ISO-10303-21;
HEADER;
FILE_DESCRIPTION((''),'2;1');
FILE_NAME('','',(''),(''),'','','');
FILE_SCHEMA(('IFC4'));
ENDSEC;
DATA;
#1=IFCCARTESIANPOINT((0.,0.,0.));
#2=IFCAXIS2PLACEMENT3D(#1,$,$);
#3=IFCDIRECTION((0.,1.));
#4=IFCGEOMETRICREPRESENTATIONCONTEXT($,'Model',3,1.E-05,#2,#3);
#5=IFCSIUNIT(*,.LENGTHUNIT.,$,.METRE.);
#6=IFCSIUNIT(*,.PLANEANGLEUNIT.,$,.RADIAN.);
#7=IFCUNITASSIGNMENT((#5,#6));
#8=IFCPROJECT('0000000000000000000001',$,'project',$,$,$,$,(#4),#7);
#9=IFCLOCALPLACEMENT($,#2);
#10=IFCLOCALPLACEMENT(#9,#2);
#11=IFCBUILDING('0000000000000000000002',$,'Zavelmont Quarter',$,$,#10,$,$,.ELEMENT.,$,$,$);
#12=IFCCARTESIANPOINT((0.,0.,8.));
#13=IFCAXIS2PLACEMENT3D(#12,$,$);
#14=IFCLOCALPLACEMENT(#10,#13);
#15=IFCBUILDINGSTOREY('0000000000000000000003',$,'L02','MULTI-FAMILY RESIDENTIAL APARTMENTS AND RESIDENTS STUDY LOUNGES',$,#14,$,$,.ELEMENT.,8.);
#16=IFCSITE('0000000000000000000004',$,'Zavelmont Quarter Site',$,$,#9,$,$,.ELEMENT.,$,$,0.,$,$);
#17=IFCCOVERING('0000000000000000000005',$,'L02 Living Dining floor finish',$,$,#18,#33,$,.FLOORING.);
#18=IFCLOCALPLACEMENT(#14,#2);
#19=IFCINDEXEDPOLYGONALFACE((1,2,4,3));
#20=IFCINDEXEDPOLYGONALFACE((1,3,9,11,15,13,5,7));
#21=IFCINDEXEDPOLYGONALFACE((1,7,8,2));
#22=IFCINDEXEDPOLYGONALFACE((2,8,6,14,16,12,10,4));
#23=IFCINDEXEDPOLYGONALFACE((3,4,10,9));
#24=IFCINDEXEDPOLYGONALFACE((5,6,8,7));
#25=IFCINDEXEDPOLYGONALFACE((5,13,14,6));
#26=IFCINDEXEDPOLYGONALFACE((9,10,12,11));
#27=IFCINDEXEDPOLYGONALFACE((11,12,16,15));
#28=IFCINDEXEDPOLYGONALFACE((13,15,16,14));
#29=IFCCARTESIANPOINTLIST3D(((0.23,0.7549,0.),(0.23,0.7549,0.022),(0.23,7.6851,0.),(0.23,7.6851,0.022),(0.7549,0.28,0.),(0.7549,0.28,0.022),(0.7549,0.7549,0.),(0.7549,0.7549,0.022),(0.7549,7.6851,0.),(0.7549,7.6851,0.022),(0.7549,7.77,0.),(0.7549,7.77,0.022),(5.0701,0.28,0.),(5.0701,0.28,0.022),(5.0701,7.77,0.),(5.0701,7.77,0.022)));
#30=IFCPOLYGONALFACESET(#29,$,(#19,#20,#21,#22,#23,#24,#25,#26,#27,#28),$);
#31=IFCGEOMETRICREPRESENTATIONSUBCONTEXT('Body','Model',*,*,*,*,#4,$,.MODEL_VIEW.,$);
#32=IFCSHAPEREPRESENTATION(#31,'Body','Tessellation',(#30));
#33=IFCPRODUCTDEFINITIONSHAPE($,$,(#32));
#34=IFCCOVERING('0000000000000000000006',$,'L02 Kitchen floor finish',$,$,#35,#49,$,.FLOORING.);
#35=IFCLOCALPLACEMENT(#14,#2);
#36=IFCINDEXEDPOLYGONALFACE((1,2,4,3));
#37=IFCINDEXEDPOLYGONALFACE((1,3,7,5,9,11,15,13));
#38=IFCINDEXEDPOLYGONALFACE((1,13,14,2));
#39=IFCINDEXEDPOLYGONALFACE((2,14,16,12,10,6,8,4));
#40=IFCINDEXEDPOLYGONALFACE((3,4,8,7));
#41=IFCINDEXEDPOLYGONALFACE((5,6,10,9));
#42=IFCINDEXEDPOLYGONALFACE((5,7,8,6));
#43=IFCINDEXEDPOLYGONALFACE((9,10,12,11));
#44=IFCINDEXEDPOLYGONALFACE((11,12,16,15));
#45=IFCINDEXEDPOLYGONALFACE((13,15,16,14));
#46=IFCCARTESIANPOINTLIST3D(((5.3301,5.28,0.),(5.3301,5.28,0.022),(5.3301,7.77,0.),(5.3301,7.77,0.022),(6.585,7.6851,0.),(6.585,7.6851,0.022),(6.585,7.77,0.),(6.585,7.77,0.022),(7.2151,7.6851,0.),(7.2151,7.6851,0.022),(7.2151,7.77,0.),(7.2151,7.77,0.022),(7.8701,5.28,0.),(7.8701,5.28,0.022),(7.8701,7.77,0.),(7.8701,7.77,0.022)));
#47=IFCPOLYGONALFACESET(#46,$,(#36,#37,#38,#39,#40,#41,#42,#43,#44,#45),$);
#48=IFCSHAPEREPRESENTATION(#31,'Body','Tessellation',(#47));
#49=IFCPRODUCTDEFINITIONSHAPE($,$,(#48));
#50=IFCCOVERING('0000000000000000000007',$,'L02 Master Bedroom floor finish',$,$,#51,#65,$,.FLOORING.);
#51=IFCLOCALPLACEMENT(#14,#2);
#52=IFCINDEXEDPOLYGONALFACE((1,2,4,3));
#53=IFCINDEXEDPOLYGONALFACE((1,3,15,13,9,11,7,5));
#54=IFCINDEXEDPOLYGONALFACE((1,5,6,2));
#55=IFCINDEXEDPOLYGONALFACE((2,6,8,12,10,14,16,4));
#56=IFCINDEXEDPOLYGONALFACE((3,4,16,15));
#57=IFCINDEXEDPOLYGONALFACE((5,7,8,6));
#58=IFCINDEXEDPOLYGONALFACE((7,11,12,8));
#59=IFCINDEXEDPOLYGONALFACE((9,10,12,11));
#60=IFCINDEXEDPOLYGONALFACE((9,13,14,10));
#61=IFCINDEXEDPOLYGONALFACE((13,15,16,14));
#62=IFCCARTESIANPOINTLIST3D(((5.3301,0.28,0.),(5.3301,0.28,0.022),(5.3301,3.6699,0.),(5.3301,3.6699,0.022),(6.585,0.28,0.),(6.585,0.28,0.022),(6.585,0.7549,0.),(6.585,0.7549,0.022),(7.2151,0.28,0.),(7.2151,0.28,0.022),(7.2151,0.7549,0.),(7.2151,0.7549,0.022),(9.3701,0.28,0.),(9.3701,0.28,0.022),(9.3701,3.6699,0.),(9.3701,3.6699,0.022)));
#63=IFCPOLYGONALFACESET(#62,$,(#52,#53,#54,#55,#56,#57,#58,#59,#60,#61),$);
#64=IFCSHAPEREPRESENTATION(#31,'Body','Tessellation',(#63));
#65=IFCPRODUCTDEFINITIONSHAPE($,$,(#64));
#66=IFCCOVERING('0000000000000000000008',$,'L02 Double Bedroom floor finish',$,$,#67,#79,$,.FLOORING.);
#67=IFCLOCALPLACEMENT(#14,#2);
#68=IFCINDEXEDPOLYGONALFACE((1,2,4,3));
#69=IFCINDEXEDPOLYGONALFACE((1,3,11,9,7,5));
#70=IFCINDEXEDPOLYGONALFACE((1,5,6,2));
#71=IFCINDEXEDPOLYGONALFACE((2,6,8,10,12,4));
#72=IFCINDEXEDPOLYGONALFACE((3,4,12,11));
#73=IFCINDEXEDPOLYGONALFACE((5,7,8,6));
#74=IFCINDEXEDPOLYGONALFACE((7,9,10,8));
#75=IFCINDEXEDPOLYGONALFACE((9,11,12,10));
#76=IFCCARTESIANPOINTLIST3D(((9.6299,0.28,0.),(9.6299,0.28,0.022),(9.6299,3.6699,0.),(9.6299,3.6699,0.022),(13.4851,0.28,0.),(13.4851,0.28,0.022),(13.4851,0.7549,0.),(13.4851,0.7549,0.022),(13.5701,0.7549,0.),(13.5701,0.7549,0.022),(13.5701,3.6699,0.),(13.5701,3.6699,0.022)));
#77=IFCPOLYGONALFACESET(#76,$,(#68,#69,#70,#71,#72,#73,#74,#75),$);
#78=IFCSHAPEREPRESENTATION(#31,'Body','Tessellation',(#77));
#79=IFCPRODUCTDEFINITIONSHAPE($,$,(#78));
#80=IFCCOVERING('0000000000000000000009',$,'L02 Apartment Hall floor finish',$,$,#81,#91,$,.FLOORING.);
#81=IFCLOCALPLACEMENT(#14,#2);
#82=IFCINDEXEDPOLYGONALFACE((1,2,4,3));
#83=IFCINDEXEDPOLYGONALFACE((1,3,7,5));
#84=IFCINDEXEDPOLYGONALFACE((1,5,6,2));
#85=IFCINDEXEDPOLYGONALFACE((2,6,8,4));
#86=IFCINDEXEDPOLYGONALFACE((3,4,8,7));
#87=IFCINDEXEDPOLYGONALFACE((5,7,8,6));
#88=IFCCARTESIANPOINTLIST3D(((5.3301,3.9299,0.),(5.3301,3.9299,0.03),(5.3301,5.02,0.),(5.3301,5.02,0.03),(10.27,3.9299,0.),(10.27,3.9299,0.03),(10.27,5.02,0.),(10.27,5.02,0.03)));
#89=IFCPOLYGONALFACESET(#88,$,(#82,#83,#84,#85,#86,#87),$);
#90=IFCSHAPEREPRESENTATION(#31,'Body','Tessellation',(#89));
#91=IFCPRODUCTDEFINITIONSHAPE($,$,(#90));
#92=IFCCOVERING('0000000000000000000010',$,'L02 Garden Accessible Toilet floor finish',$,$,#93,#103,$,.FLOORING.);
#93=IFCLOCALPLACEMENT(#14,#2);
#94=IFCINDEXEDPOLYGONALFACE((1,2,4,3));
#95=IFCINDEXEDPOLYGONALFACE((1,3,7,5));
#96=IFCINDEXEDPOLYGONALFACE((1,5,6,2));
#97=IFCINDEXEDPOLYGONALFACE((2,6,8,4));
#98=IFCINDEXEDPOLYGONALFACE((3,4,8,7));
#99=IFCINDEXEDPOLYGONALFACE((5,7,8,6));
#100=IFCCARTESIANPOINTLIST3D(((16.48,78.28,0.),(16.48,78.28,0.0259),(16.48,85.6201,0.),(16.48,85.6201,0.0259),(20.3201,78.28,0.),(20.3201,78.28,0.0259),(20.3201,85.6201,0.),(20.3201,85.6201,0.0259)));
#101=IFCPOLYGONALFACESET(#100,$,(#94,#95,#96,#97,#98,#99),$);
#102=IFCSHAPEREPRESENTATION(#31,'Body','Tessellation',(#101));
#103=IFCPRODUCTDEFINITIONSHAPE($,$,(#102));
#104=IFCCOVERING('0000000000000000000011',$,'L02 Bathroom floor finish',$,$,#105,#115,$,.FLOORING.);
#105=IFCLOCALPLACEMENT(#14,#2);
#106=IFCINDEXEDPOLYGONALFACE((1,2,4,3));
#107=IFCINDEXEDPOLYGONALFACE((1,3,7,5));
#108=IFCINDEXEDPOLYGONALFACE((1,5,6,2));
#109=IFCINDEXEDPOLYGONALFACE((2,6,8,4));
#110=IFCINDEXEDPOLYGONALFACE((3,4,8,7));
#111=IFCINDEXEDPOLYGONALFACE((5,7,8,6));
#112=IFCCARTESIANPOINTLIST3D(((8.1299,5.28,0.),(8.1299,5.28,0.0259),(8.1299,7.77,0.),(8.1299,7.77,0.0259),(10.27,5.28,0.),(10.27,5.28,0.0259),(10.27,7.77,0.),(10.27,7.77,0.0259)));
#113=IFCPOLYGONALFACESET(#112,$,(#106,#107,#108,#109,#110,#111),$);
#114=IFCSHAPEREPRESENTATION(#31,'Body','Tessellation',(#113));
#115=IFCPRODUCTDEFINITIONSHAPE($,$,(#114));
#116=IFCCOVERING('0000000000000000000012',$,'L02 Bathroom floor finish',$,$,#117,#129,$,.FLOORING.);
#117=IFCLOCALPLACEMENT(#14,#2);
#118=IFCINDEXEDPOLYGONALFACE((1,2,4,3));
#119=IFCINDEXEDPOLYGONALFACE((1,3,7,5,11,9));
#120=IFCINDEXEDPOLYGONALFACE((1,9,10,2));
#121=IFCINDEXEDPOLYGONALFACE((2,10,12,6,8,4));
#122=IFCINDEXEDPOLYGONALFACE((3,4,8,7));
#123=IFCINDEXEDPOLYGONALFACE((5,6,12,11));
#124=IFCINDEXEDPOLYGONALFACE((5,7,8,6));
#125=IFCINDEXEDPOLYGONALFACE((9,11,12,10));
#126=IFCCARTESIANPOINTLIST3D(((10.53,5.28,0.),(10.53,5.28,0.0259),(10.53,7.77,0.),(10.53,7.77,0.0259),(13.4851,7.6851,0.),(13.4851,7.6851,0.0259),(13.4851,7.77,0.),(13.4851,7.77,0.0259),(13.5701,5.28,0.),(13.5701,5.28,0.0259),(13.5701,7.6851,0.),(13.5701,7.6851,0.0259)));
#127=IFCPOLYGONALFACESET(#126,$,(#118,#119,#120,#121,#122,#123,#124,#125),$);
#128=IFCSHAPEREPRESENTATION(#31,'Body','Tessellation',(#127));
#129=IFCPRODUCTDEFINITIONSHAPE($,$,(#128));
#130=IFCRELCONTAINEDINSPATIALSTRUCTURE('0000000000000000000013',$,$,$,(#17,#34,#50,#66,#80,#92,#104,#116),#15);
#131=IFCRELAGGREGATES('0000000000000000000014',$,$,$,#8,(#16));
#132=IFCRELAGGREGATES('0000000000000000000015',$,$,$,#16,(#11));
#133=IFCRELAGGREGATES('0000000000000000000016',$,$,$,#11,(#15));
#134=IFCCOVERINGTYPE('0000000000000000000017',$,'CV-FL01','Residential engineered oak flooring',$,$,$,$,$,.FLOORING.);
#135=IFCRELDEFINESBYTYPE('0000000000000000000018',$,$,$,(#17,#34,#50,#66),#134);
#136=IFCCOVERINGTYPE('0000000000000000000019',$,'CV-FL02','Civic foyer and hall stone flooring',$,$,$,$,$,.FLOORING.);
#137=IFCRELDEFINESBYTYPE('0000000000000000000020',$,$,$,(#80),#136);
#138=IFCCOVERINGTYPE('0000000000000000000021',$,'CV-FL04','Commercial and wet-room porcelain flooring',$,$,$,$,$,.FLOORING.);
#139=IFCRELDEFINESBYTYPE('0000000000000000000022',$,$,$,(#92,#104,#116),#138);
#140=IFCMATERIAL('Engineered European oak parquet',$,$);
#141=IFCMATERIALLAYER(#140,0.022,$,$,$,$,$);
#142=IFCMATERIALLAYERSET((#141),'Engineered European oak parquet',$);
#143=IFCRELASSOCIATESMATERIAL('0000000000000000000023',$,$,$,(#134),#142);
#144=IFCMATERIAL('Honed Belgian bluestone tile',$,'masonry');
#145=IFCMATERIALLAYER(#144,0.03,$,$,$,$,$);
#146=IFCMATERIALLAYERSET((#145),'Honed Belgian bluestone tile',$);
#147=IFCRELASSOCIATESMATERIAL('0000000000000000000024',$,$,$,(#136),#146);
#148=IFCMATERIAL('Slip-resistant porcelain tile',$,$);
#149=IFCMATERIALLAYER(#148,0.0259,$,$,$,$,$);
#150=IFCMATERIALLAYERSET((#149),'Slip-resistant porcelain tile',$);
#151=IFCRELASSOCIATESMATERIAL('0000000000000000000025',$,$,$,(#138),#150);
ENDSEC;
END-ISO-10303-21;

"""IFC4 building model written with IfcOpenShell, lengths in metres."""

from ifc_helpers import new_model, si_unit, direction, frame, origin, place, context, subcontext, project, spatial, polyline, outline, extrude, material, layer, layer_set, type_object, element, save


model = new_model("IFC4")

# Units and contexts
model_context = context("Model", 3, precision=1e-05, world=origin(), true_north=direction((0.0, 1.0)))
body_context = subcontext(model_context, "Body", "Model", "MODEL_VIEW")
ifc_project = project(units=[si_unit("LENGTHUNIT", "METRE"), si_unit("PLANEANGLEUNIT", "RADIAN")], contexts=[model_context])

# Site, building, storey
site_placement = place(None, origin())
site = spatial("IfcSite", under=ifc_project, at=site_placement, Name="Zavelmont Quarter Site", CompositionType="ELEMENT", RefElevation=0.0)
building_placement = place(site_placement, origin())
building = spatial("IfcBuilding", under=site, at=building_placement, Name="Zavelmont Quarter", CompositionType="ELEMENT")
storey_placement = place(building_placement, frame((0.0, 0.0, 8.0)))
storey = spatial("IfcBuildingStorey", under=building, at=storey_placement, Name="L02", Description="MULTI-FAMILY RESIDENTIAL APARTMENTS AND RESIDENTS STUDY LOUNGES", CompositionType="ELEMENT", Elevation=8.0)

# Coverings
ifc_material_1 = material(Name="Engineered European oak parquet")
ifc_layer_1 = layer(ifc_material_1, 0.022)
ifc_layer_set_1 = layer_set([ifc_layer_1], Name="Engineered European oak parquet")
covering_type_1 = type_object("IfcCoveringType", Name="CV-FL01", Description="Residential engineered oak flooring", PredefinedType="FLOORING", material=ifc_layer_set_1)
covering_1_placement = place(storey_placement, origin())
element("IfcCovering", 1, at=covering_1_placement, inside=storey, type_object=covering_type_1, Name="L02 Living Dining floor finish", PredefinedType="FLOORING", context=body_context, shape_type="SweptSolid", body=[
    extrude(outline(polyline([(0.23, 7.6851), (0.7549, 7.6851), (0.7549, 7.77), (5.0701, 7.77), (5.0701, 0.28), (0.7549, 0.28), (0.7549, 0.7549), (0.23, 0.7549), (0.23, 7.6851)])), origin(), (0.0, 0.0, 1.0), 0.022),
])
covering_2_placement = place(storey_placement, origin())
element("IfcCovering", 2, at=covering_2_placement, inside=storey, type_object=covering_type_1, Name="L02 Kitchen floor finish", PredefinedType="FLOORING", context=body_context, shape_type="SweptSolid", body=[
    extrude(outline(polyline([(5.3301, 7.77), (6.585, 7.77), (6.585, 7.6851), (7.2151, 7.6851), (7.2151, 7.77), (7.8701, 7.77), (7.8701, 5.28), (5.3301, 5.28), (5.3301, 7.77)])), origin(), (0.0, 0.0, 1.0), 0.022),
])
covering_3_placement = place(storey_placement, origin())
element("IfcCovering", 3, at=covering_3_placement, inside=storey, type_object=covering_type_1, Name="L02 Master Bedroom floor finish", PredefinedType="FLOORING", context=body_context, shape_type="SweptSolid", body=[
    extrude(outline(polyline([(5.3301, 3.6699), (9.3701, 3.6699), (9.3701, 0.28), (7.2151, 0.28), (7.2151, 0.7549), (6.585, 0.7549), (6.585, 0.28), (5.3301, 0.28), (5.3301, 3.6699)])), origin(), (0.0, 0.0, 1.0), 0.022),
])
covering_4_placement = place(storey_placement, origin())
element("IfcCovering", 4, at=covering_4_placement, inside=storey, type_object=covering_type_1, Name="L02 Double Bedroom floor finish", PredefinedType="FLOORING", context=body_context, shape_type="SweptSolid", body=[
    extrude(outline(polyline([(9.6299, 3.6699), (13.5701, 3.6699), (13.5701, 0.7549), (13.4851, 0.7549), (13.4851, 0.28), (9.6299, 0.28), (9.6299, 3.6699)])), origin(), (0.0, 0.0, 1.0), 0.022),
])
ifc_material_2 = material(Name="Honed Belgian bluestone tile", Category="masonry")
ifc_layer_2 = layer(ifc_material_2, 0.03)
ifc_layer_set_2 = layer_set([ifc_layer_2], Name="Honed Belgian bluestone tile")
covering_type_2 = type_object("IfcCoveringType", Name="CV-FL02", Description="Civic foyer and hall stone flooring", PredefinedType="FLOORING", material=ifc_layer_set_2)
covering_5_placement = place(storey_placement, origin())
element("IfcCovering", 5, at=covering_5_placement, inside=storey, type_object=covering_type_2, Name="L02 Apartment Hall floor finish", PredefinedType="FLOORING", context=body_context, shape_type="SweptSolid", body=[
    extrude(outline(polyline([(5.3301, 5.02), (10.27, 5.02), (10.27, 3.9299), (5.3301, 3.9299), (5.3301, 5.02)])), origin(), (0.0, 0.0, 1.0), 0.03),
])
ifc_material_3 = material(Name="Slip-resistant porcelain tile")
ifc_layer_3 = layer(ifc_material_3, 0.0259)
ifc_layer_set_3 = layer_set([ifc_layer_3], Name="Slip-resistant porcelain tile")
covering_type_3 = type_object("IfcCoveringType", Name="CV-FL04", Description="Commercial and wet-room porcelain flooring", PredefinedType="FLOORING", material=ifc_layer_set_3)
covering_6_placement = place(storey_placement, origin())
element("IfcCovering", 6, at=covering_6_placement, inside=storey, type_object=covering_type_3, Name="L02 Garden Accessible Toilet floor finish", PredefinedType="FLOORING", context=body_context, shape_type="SweptSolid", body=[
    extrude(outline(polyline([(16.48, 85.6201), (20.3201, 85.6201), (20.3201, 78.28), (16.48, 78.28), (16.48, 85.6201)])), origin(), (0.0, 0.0, 1.0), 0.0259),
])
covering_7_placement = place(storey_placement, origin())
element("IfcCovering", 7, at=covering_7_placement, inside=storey, type_object=covering_type_3, Name="L02 Bathroom floor finish", PredefinedType="FLOORING", context=body_context, shape_type="SweptSolid", body=[
    extrude(outline(polyline([(8.1299, 7.77), (10.27, 7.77), (10.27, 5.28), (8.1299, 5.28), (8.1299, 7.77)])), origin(), (0.0, 0.0, 1.0), 0.0259),
])
covering_8_placement = place(storey_placement, origin())
element("IfcCovering", 8, at=covering_8_placement, inside=storey, type_object=covering_type_3, Name="L02 Bathroom floor finish", PredefinedType="FLOORING", context=body_context, shape_type="SweptSolid", body=[
    extrude(outline(polyline([(10.53, 7.77), (13.4851, 7.77), (13.4851, 7.6851), (13.5701, 7.6851), (13.5701, 5.28), (10.53, 5.28), (10.53, 7.77)])), origin(), (0.0, 0.0, 1.0), 0.0259),
])

save(model, "model.ifc")
